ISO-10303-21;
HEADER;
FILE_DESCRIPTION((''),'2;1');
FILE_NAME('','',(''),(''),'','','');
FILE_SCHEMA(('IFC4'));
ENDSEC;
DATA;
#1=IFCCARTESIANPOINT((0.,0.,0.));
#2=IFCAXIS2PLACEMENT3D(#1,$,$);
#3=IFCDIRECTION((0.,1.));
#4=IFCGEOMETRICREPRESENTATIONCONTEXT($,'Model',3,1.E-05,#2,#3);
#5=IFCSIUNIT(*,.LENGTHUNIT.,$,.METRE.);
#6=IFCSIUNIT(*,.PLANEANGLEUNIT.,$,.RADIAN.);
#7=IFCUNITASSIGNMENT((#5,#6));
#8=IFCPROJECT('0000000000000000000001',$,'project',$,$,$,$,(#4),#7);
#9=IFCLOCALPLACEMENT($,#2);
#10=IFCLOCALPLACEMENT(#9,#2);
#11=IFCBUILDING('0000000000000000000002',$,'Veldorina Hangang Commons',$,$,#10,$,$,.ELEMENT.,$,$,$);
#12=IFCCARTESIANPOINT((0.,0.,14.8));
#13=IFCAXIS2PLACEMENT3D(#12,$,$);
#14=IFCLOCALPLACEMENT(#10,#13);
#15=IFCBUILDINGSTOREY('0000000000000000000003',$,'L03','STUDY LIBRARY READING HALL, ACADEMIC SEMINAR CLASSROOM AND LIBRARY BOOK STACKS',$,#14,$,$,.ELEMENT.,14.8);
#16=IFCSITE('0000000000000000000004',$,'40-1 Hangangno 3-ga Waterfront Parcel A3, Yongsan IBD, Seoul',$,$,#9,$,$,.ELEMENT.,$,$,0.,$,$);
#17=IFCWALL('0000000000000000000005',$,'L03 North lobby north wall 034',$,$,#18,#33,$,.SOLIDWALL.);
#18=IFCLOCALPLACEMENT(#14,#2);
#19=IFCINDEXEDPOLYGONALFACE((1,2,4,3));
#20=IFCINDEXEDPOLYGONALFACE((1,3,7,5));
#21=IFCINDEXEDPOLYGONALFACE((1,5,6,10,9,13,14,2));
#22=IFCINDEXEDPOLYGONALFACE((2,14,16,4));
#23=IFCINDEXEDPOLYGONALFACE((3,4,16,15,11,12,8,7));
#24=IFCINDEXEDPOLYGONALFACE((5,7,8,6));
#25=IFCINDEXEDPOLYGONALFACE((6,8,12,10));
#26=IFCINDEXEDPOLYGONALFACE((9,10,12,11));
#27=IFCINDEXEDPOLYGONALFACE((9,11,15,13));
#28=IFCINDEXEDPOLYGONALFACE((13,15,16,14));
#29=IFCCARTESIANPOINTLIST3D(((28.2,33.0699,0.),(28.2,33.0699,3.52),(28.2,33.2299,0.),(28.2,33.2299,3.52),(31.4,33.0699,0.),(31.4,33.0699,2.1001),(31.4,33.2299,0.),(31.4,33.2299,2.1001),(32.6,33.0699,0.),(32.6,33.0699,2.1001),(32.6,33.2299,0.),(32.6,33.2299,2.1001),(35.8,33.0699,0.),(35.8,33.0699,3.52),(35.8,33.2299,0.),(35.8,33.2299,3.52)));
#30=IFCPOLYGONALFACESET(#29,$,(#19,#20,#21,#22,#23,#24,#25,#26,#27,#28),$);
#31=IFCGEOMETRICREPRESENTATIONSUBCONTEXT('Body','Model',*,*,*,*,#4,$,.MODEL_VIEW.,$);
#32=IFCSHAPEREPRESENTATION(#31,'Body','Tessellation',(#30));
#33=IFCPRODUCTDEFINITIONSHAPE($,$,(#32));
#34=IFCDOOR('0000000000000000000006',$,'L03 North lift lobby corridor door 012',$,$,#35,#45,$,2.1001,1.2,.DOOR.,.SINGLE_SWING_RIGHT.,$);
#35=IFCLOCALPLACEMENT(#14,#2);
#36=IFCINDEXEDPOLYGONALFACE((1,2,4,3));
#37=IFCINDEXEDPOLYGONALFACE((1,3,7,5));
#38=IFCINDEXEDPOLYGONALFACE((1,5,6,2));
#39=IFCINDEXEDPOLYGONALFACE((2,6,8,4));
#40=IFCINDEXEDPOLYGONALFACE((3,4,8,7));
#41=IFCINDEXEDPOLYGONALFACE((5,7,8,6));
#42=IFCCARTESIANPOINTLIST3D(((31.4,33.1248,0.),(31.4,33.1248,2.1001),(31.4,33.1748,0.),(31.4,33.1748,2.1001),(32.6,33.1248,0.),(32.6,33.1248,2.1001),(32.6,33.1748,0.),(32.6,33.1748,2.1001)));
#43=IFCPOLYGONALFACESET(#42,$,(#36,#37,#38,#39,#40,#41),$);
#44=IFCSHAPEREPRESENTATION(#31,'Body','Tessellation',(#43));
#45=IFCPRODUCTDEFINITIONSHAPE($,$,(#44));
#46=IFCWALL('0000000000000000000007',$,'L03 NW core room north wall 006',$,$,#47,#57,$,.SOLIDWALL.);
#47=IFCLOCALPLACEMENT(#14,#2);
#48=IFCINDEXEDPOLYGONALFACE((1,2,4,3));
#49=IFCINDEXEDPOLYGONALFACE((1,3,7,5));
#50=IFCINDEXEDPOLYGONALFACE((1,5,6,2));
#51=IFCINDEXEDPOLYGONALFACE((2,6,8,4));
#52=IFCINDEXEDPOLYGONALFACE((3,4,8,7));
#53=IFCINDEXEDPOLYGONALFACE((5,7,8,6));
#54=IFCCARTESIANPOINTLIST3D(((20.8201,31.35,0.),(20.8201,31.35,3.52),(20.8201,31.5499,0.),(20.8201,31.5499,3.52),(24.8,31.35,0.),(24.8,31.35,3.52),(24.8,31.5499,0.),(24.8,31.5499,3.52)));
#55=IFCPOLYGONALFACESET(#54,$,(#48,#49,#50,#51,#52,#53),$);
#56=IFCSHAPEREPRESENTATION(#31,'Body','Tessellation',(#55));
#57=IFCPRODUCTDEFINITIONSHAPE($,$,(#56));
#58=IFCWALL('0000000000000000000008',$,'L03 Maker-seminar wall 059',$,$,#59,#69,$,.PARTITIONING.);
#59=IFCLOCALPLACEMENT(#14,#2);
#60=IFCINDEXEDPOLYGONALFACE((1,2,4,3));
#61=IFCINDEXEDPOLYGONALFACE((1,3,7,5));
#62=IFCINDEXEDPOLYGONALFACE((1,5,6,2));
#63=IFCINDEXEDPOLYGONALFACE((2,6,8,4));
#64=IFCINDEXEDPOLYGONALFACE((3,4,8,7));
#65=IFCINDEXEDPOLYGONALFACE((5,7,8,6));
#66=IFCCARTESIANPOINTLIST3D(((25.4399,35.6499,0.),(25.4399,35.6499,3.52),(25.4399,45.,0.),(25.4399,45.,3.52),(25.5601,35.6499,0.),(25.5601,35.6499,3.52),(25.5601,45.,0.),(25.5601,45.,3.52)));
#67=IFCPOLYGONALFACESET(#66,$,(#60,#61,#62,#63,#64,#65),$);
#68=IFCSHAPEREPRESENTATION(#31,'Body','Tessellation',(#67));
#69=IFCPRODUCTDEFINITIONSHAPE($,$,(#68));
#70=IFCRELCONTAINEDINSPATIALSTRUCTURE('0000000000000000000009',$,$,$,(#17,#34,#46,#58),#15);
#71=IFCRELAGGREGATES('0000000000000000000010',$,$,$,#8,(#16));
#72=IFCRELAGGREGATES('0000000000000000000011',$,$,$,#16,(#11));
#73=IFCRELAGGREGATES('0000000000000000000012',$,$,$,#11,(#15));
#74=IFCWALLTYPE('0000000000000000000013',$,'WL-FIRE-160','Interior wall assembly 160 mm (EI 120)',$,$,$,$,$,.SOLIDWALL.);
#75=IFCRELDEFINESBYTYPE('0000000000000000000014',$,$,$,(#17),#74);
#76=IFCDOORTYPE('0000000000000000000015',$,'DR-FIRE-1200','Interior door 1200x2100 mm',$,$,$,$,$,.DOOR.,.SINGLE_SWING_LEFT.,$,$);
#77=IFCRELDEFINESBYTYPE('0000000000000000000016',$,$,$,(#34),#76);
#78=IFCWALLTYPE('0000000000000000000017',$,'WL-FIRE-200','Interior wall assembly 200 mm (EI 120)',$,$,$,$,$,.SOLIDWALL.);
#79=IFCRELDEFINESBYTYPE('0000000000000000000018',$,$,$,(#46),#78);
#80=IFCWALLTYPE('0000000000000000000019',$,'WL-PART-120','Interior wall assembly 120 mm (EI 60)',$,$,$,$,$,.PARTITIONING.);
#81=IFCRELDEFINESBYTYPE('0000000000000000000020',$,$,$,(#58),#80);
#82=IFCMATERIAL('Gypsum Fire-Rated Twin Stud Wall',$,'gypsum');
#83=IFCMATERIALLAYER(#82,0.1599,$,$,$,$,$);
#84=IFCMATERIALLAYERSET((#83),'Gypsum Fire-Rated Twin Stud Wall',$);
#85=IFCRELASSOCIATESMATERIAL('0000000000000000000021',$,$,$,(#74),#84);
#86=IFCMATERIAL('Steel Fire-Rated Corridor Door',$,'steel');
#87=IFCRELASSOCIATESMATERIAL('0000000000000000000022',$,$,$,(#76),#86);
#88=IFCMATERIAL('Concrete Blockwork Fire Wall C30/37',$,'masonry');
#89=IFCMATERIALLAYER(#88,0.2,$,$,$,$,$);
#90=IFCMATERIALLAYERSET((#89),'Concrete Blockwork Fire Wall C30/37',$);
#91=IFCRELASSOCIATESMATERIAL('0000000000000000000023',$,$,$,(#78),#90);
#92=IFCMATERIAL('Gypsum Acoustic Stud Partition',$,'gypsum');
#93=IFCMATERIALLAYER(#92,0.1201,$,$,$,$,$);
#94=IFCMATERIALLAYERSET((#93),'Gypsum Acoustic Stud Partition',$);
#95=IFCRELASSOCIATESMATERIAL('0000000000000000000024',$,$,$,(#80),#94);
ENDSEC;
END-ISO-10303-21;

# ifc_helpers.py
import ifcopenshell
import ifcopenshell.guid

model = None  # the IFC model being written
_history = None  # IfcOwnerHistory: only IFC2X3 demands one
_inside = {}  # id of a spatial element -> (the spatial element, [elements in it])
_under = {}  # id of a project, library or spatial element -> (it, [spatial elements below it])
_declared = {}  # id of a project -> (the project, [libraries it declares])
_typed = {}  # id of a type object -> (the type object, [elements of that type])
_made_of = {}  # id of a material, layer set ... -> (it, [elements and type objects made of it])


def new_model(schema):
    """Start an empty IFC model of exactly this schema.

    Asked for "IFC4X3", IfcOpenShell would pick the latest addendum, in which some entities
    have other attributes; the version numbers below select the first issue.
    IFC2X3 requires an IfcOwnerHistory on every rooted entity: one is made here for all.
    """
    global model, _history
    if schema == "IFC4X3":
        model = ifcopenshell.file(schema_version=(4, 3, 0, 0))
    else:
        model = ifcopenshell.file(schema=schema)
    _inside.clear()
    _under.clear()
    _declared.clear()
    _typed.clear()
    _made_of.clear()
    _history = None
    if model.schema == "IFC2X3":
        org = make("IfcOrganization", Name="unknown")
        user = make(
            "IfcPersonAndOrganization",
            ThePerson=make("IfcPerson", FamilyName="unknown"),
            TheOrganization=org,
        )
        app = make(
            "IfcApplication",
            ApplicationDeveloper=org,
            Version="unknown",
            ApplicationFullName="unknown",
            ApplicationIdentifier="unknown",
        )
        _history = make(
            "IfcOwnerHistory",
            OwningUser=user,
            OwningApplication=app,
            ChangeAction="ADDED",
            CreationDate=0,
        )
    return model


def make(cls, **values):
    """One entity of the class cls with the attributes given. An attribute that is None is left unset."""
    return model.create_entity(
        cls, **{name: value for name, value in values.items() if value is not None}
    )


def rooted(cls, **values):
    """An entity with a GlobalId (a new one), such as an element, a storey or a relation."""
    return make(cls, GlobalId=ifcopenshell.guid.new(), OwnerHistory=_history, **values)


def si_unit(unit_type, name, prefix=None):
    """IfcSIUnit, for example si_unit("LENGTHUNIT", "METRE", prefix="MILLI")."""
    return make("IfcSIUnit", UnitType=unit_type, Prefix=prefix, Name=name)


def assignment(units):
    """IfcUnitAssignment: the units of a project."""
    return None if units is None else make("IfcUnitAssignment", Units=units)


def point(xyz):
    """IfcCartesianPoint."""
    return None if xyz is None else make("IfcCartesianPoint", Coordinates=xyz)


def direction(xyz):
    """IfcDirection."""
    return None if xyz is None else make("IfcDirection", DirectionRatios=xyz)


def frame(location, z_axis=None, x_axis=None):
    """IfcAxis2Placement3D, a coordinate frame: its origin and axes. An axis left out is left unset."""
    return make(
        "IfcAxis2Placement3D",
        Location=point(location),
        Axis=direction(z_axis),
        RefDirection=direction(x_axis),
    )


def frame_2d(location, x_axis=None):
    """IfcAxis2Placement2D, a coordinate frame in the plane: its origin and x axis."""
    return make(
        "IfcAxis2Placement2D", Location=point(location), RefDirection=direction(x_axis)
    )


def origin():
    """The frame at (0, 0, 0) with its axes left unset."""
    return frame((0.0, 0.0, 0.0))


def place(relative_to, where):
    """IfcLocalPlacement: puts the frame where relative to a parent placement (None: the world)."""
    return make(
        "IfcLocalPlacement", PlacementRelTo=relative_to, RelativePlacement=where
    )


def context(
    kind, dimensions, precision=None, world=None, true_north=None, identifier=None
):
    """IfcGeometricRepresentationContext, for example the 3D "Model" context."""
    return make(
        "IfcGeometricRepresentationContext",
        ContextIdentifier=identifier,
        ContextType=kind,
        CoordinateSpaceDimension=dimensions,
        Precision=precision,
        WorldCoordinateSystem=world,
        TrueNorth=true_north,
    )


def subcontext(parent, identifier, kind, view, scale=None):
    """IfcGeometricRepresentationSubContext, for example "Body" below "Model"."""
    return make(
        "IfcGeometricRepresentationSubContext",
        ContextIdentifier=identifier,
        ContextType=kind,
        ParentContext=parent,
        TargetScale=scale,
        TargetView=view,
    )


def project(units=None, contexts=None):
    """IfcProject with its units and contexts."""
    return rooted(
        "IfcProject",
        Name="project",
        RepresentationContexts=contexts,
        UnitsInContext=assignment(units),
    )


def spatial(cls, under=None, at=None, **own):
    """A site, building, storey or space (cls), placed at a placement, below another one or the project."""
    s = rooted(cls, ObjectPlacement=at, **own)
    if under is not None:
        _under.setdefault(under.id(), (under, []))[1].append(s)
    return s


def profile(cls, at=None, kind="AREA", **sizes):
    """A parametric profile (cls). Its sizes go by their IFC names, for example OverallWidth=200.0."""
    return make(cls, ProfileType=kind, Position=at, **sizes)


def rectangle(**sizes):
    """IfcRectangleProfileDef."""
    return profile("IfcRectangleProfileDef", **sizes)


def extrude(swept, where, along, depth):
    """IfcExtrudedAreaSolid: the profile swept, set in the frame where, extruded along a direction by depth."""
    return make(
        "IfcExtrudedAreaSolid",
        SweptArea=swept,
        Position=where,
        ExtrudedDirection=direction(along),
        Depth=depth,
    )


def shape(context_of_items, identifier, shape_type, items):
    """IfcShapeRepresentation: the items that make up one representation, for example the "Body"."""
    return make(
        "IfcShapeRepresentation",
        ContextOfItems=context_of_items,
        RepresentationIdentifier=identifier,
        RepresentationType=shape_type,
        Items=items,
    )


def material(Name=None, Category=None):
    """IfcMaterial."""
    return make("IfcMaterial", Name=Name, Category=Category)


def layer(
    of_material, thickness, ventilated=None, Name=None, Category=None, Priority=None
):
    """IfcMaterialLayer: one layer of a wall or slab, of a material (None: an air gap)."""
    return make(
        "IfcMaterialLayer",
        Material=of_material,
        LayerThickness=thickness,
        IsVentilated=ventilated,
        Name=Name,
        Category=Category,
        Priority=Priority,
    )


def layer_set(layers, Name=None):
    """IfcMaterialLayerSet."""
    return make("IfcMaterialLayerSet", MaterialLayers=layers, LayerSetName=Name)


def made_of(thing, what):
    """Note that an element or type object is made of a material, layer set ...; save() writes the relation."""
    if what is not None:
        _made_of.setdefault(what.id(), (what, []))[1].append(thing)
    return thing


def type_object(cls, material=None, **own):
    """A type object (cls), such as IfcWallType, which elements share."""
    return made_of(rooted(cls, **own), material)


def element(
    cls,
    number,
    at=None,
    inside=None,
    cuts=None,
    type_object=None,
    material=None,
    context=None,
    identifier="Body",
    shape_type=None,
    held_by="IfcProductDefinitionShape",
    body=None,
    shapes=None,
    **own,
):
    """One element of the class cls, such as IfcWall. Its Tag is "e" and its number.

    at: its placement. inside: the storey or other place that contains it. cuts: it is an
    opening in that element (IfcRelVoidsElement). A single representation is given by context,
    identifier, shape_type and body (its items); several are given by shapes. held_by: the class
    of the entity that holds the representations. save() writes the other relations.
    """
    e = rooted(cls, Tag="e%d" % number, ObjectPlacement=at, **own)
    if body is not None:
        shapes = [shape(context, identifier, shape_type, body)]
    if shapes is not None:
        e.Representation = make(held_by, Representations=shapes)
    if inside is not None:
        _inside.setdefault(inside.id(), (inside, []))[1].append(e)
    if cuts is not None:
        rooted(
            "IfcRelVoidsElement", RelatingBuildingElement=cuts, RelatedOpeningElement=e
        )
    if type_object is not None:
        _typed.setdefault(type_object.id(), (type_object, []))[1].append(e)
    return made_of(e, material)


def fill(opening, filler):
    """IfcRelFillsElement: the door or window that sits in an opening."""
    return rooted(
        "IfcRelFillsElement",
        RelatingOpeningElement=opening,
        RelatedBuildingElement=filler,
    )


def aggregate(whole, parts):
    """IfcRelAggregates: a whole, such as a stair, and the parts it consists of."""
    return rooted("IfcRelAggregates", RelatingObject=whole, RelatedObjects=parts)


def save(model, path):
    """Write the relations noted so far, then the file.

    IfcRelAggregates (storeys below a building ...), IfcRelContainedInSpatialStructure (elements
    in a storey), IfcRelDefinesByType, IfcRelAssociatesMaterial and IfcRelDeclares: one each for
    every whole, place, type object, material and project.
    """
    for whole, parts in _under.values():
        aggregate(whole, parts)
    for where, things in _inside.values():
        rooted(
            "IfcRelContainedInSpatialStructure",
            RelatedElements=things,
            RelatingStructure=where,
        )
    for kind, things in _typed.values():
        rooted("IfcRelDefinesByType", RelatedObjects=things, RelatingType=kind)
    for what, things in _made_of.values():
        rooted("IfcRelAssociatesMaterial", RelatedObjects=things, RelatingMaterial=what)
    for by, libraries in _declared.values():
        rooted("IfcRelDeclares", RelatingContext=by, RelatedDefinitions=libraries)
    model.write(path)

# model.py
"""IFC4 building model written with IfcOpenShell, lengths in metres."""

from ifc_helpers import new_model, si_unit, direction, frame, frame_2d, origin, place, context, subcontext, project, spatial, rectangle, extrude, material, layer, layer_set, type_object, element, fill, save


model = new_model("IFC4")

# Units and contexts
model_context = context("Model", 3, precision=1e-05, world=origin(), true_north=direction((0.0, 1.0)))
body_context = subcontext(model_context, "Body", "Model", "MODEL_VIEW")
ifc_project = project(units=[si_unit("LENGTHUNIT", "METRE"), si_unit("PLANEANGLEUNIT", "RADIAN")], contexts=[model_context])

# Site, building, storey
site_placement = place(None, origin())
site = spatial("IfcSite", under=ifc_project, at=site_placement, Name="40-1 Hangangno 3-ga Waterfront Parcel A3, Yongsan IBD, Seoul", CompositionType="ELEMENT", RefElevation=0.0)
building_placement = place(site_placement, origin())
building = spatial("IfcBuilding", under=site, at=building_placement, Name="Veldorina Hangang Commons", CompositionType="ELEMENT")
storey_placement = place(building_placement, frame((0.0, 0.0, 14.8)))
storey = spatial("IfcBuildingStorey", under=building, at=storey_placement, Name="L03", Description="STUDY LIBRARY READING HALL, ACADEMIC SEMINAR CLASSROOM AND LIBRARY BOOK STACKS", CompositionType="ELEMENT", Elevation=14.8)

# Shared definitions
ifc_material_1 = material(Name="Gypsum Fire-Rated Twin Stud Wall", Category="gypsum")
ifc_layer_1 = layer(ifc_material_1, 0.1599)
ifc_layer_set_1 = layer_set([ifc_layer_1], Name="Gypsum Fire-Rated Twin Stud Wall")
wall_type_1 = type_object("IfcWallType", Name="WL-FIRE-160", Description="Interior wall assembly 160 mm (EI 120)", PredefinedType="SOLIDWALL", material=ifc_layer_set_1)

# Wall, opening, door
wall_1_placement = place(storey_placement, frame((28.2, 33.1499, 0.0), z_axis=(0.0, 0.0, 1.0), x_axis=(1.0, 0.0, 0.0)))
wall_1 = element("IfcWall", 1, at=wall_1_placement, inside=storey, type_object=wall_type_1, Name="L03 North lobby north wall 034", PredefinedType="SOLIDWALL", context=body_context, shape_type="SweptSolid", body=[
    extrude(rectangle(XDim=7.6001, YDim=0.1599, at=frame_2d((3.8, 0.0))), origin(), (0.0, 0.0, 1.0), 3.52),
])
opening_1_placement = place(wall_1_placement, frame((3.2, 0.0, 0.0)))
opening_1 = element("IfcOpeningElement", 2, at=opening_1_placement, cuts=wall_1, PredefinedType="OPENING", context=body_context, shape_type="SweptSolid", body=[
    extrude(rectangle(XDim=1.2, YDim=2.1001, at=frame_2d((0.6001, 1.05))), frame((0.0, 0.0898, 0.0), z_axis=(0.0, -1.0, 0.0), x_axis=(1.0, 0.0, 0.0)), (0.0, 0.0, 1.0), 0.1799),
])
ifc_material_2 = material(Name="Steel Fire-Rated Corridor Door", Category="steel")
door_type = type_object("IfcDoorType", Name="DR-FIRE-1200", Description="Interior door 1200x2100 mm", OperationType="SINGLE_SWING_LEFT", PredefinedType="DOOR", material=ifc_material_2)
door_placement = place(opening_1_placement, origin())
door = element("IfcDoor", 3, at=door_placement, inside=storey, type_object=door_type, Name="L03 North lift lobby corridor door 012", OperationType="SINGLE_SWING_RIGHT", OverallHeight=2.1001, OverallWidth=1.2, PredefinedType="DOOR", context=body_context, shape_type="SweptSolid", body=[
    extrude(rectangle(XDim=1.2, YDim=2.1001, at=frame_2d((0.6001, 1.05))), frame((0.0, 0.0249, 0.0), z_axis=(0.0, -1.0, 0.0), x_axis=(1.0, 0.0, 0.0)), (0.0, 0.0, 1.0), 0.05),
])
fill(opening_1, door)

# Walls
ifc_material_3 = material(Name="Concrete Blockwork Fire Wall C30/37", Category="masonry")
ifc_layer_2 = layer(ifc_material_3, 0.2)
ifc_layer_set_2 = layer_set([ifc_layer_2], Name="Concrete Blockwork Fire Wall C30/37")
wall_type_2 = type_object("IfcWallType", Name="WL-FIRE-200", Description="Interior wall assembly 200 mm (EI 120)", PredefinedType="SOLIDWALL", material=ifc_layer_set_2)
wall_2_placement = place(storey_placement, frame((20.8201, 31.45, 0.0), z_axis=(0.0, 0.0, 1.0), x_axis=(1.0, 0.0, 0.0)))
element("IfcWall", 4, at=wall_2_placement, inside=storey, type_object=wall_type_2, Name="L03 NW core room north wall 006", PredefinedType="SOLIDWALL", context=body_context, shape_type="SweptSolid", body=[
    extrude(rectangle(XDim=3.98, YDim=0.2, at=frame_2d((1.99, 0.0))), origin(), (0.0, 0.0, 1.0), 3.52),
])
ifc_material_4 = material(Name="Gypsum Acoustic Stud Partition", Category="gypsum")
ifc_layer_3 = layer(ifc_material_4, 0.1201)
ifc_layer_set_3 = layer_set([ifc_layer_3], Name="Gypsum Acoustic Stud Partition")
wall_type_3 = type_object("IfcWallType", Name="WL-PART-120", Description="Interior wall assembly 120 mm (EI 60)", PredefinedType="PARTITIONING", material=ifc_layer_set_3)
wall_3_placement = place(storey_placement, frame((25.5, 35.6499, 0.0), z_axis=(0.0, 0.0, 1.0), x_axis=(0.0, 1.0, 0.0)))
element("IfcWall", 5, at=wall_3_placement, inside=storey, type_object=wall_type_3, Name="L03 Maker-seminar wall 059", PredefinedType="PARTITIONING", context=body_context, shape_type="SweptSolid", body=[
    extrude(rectangle(XDim=9.3501, YDim=0.1201, at=frame_2d((4.675, 0.0))), origin(), (0.0, 0.0, 1.0), 3.52),
])

save(model, "model.ifc")
